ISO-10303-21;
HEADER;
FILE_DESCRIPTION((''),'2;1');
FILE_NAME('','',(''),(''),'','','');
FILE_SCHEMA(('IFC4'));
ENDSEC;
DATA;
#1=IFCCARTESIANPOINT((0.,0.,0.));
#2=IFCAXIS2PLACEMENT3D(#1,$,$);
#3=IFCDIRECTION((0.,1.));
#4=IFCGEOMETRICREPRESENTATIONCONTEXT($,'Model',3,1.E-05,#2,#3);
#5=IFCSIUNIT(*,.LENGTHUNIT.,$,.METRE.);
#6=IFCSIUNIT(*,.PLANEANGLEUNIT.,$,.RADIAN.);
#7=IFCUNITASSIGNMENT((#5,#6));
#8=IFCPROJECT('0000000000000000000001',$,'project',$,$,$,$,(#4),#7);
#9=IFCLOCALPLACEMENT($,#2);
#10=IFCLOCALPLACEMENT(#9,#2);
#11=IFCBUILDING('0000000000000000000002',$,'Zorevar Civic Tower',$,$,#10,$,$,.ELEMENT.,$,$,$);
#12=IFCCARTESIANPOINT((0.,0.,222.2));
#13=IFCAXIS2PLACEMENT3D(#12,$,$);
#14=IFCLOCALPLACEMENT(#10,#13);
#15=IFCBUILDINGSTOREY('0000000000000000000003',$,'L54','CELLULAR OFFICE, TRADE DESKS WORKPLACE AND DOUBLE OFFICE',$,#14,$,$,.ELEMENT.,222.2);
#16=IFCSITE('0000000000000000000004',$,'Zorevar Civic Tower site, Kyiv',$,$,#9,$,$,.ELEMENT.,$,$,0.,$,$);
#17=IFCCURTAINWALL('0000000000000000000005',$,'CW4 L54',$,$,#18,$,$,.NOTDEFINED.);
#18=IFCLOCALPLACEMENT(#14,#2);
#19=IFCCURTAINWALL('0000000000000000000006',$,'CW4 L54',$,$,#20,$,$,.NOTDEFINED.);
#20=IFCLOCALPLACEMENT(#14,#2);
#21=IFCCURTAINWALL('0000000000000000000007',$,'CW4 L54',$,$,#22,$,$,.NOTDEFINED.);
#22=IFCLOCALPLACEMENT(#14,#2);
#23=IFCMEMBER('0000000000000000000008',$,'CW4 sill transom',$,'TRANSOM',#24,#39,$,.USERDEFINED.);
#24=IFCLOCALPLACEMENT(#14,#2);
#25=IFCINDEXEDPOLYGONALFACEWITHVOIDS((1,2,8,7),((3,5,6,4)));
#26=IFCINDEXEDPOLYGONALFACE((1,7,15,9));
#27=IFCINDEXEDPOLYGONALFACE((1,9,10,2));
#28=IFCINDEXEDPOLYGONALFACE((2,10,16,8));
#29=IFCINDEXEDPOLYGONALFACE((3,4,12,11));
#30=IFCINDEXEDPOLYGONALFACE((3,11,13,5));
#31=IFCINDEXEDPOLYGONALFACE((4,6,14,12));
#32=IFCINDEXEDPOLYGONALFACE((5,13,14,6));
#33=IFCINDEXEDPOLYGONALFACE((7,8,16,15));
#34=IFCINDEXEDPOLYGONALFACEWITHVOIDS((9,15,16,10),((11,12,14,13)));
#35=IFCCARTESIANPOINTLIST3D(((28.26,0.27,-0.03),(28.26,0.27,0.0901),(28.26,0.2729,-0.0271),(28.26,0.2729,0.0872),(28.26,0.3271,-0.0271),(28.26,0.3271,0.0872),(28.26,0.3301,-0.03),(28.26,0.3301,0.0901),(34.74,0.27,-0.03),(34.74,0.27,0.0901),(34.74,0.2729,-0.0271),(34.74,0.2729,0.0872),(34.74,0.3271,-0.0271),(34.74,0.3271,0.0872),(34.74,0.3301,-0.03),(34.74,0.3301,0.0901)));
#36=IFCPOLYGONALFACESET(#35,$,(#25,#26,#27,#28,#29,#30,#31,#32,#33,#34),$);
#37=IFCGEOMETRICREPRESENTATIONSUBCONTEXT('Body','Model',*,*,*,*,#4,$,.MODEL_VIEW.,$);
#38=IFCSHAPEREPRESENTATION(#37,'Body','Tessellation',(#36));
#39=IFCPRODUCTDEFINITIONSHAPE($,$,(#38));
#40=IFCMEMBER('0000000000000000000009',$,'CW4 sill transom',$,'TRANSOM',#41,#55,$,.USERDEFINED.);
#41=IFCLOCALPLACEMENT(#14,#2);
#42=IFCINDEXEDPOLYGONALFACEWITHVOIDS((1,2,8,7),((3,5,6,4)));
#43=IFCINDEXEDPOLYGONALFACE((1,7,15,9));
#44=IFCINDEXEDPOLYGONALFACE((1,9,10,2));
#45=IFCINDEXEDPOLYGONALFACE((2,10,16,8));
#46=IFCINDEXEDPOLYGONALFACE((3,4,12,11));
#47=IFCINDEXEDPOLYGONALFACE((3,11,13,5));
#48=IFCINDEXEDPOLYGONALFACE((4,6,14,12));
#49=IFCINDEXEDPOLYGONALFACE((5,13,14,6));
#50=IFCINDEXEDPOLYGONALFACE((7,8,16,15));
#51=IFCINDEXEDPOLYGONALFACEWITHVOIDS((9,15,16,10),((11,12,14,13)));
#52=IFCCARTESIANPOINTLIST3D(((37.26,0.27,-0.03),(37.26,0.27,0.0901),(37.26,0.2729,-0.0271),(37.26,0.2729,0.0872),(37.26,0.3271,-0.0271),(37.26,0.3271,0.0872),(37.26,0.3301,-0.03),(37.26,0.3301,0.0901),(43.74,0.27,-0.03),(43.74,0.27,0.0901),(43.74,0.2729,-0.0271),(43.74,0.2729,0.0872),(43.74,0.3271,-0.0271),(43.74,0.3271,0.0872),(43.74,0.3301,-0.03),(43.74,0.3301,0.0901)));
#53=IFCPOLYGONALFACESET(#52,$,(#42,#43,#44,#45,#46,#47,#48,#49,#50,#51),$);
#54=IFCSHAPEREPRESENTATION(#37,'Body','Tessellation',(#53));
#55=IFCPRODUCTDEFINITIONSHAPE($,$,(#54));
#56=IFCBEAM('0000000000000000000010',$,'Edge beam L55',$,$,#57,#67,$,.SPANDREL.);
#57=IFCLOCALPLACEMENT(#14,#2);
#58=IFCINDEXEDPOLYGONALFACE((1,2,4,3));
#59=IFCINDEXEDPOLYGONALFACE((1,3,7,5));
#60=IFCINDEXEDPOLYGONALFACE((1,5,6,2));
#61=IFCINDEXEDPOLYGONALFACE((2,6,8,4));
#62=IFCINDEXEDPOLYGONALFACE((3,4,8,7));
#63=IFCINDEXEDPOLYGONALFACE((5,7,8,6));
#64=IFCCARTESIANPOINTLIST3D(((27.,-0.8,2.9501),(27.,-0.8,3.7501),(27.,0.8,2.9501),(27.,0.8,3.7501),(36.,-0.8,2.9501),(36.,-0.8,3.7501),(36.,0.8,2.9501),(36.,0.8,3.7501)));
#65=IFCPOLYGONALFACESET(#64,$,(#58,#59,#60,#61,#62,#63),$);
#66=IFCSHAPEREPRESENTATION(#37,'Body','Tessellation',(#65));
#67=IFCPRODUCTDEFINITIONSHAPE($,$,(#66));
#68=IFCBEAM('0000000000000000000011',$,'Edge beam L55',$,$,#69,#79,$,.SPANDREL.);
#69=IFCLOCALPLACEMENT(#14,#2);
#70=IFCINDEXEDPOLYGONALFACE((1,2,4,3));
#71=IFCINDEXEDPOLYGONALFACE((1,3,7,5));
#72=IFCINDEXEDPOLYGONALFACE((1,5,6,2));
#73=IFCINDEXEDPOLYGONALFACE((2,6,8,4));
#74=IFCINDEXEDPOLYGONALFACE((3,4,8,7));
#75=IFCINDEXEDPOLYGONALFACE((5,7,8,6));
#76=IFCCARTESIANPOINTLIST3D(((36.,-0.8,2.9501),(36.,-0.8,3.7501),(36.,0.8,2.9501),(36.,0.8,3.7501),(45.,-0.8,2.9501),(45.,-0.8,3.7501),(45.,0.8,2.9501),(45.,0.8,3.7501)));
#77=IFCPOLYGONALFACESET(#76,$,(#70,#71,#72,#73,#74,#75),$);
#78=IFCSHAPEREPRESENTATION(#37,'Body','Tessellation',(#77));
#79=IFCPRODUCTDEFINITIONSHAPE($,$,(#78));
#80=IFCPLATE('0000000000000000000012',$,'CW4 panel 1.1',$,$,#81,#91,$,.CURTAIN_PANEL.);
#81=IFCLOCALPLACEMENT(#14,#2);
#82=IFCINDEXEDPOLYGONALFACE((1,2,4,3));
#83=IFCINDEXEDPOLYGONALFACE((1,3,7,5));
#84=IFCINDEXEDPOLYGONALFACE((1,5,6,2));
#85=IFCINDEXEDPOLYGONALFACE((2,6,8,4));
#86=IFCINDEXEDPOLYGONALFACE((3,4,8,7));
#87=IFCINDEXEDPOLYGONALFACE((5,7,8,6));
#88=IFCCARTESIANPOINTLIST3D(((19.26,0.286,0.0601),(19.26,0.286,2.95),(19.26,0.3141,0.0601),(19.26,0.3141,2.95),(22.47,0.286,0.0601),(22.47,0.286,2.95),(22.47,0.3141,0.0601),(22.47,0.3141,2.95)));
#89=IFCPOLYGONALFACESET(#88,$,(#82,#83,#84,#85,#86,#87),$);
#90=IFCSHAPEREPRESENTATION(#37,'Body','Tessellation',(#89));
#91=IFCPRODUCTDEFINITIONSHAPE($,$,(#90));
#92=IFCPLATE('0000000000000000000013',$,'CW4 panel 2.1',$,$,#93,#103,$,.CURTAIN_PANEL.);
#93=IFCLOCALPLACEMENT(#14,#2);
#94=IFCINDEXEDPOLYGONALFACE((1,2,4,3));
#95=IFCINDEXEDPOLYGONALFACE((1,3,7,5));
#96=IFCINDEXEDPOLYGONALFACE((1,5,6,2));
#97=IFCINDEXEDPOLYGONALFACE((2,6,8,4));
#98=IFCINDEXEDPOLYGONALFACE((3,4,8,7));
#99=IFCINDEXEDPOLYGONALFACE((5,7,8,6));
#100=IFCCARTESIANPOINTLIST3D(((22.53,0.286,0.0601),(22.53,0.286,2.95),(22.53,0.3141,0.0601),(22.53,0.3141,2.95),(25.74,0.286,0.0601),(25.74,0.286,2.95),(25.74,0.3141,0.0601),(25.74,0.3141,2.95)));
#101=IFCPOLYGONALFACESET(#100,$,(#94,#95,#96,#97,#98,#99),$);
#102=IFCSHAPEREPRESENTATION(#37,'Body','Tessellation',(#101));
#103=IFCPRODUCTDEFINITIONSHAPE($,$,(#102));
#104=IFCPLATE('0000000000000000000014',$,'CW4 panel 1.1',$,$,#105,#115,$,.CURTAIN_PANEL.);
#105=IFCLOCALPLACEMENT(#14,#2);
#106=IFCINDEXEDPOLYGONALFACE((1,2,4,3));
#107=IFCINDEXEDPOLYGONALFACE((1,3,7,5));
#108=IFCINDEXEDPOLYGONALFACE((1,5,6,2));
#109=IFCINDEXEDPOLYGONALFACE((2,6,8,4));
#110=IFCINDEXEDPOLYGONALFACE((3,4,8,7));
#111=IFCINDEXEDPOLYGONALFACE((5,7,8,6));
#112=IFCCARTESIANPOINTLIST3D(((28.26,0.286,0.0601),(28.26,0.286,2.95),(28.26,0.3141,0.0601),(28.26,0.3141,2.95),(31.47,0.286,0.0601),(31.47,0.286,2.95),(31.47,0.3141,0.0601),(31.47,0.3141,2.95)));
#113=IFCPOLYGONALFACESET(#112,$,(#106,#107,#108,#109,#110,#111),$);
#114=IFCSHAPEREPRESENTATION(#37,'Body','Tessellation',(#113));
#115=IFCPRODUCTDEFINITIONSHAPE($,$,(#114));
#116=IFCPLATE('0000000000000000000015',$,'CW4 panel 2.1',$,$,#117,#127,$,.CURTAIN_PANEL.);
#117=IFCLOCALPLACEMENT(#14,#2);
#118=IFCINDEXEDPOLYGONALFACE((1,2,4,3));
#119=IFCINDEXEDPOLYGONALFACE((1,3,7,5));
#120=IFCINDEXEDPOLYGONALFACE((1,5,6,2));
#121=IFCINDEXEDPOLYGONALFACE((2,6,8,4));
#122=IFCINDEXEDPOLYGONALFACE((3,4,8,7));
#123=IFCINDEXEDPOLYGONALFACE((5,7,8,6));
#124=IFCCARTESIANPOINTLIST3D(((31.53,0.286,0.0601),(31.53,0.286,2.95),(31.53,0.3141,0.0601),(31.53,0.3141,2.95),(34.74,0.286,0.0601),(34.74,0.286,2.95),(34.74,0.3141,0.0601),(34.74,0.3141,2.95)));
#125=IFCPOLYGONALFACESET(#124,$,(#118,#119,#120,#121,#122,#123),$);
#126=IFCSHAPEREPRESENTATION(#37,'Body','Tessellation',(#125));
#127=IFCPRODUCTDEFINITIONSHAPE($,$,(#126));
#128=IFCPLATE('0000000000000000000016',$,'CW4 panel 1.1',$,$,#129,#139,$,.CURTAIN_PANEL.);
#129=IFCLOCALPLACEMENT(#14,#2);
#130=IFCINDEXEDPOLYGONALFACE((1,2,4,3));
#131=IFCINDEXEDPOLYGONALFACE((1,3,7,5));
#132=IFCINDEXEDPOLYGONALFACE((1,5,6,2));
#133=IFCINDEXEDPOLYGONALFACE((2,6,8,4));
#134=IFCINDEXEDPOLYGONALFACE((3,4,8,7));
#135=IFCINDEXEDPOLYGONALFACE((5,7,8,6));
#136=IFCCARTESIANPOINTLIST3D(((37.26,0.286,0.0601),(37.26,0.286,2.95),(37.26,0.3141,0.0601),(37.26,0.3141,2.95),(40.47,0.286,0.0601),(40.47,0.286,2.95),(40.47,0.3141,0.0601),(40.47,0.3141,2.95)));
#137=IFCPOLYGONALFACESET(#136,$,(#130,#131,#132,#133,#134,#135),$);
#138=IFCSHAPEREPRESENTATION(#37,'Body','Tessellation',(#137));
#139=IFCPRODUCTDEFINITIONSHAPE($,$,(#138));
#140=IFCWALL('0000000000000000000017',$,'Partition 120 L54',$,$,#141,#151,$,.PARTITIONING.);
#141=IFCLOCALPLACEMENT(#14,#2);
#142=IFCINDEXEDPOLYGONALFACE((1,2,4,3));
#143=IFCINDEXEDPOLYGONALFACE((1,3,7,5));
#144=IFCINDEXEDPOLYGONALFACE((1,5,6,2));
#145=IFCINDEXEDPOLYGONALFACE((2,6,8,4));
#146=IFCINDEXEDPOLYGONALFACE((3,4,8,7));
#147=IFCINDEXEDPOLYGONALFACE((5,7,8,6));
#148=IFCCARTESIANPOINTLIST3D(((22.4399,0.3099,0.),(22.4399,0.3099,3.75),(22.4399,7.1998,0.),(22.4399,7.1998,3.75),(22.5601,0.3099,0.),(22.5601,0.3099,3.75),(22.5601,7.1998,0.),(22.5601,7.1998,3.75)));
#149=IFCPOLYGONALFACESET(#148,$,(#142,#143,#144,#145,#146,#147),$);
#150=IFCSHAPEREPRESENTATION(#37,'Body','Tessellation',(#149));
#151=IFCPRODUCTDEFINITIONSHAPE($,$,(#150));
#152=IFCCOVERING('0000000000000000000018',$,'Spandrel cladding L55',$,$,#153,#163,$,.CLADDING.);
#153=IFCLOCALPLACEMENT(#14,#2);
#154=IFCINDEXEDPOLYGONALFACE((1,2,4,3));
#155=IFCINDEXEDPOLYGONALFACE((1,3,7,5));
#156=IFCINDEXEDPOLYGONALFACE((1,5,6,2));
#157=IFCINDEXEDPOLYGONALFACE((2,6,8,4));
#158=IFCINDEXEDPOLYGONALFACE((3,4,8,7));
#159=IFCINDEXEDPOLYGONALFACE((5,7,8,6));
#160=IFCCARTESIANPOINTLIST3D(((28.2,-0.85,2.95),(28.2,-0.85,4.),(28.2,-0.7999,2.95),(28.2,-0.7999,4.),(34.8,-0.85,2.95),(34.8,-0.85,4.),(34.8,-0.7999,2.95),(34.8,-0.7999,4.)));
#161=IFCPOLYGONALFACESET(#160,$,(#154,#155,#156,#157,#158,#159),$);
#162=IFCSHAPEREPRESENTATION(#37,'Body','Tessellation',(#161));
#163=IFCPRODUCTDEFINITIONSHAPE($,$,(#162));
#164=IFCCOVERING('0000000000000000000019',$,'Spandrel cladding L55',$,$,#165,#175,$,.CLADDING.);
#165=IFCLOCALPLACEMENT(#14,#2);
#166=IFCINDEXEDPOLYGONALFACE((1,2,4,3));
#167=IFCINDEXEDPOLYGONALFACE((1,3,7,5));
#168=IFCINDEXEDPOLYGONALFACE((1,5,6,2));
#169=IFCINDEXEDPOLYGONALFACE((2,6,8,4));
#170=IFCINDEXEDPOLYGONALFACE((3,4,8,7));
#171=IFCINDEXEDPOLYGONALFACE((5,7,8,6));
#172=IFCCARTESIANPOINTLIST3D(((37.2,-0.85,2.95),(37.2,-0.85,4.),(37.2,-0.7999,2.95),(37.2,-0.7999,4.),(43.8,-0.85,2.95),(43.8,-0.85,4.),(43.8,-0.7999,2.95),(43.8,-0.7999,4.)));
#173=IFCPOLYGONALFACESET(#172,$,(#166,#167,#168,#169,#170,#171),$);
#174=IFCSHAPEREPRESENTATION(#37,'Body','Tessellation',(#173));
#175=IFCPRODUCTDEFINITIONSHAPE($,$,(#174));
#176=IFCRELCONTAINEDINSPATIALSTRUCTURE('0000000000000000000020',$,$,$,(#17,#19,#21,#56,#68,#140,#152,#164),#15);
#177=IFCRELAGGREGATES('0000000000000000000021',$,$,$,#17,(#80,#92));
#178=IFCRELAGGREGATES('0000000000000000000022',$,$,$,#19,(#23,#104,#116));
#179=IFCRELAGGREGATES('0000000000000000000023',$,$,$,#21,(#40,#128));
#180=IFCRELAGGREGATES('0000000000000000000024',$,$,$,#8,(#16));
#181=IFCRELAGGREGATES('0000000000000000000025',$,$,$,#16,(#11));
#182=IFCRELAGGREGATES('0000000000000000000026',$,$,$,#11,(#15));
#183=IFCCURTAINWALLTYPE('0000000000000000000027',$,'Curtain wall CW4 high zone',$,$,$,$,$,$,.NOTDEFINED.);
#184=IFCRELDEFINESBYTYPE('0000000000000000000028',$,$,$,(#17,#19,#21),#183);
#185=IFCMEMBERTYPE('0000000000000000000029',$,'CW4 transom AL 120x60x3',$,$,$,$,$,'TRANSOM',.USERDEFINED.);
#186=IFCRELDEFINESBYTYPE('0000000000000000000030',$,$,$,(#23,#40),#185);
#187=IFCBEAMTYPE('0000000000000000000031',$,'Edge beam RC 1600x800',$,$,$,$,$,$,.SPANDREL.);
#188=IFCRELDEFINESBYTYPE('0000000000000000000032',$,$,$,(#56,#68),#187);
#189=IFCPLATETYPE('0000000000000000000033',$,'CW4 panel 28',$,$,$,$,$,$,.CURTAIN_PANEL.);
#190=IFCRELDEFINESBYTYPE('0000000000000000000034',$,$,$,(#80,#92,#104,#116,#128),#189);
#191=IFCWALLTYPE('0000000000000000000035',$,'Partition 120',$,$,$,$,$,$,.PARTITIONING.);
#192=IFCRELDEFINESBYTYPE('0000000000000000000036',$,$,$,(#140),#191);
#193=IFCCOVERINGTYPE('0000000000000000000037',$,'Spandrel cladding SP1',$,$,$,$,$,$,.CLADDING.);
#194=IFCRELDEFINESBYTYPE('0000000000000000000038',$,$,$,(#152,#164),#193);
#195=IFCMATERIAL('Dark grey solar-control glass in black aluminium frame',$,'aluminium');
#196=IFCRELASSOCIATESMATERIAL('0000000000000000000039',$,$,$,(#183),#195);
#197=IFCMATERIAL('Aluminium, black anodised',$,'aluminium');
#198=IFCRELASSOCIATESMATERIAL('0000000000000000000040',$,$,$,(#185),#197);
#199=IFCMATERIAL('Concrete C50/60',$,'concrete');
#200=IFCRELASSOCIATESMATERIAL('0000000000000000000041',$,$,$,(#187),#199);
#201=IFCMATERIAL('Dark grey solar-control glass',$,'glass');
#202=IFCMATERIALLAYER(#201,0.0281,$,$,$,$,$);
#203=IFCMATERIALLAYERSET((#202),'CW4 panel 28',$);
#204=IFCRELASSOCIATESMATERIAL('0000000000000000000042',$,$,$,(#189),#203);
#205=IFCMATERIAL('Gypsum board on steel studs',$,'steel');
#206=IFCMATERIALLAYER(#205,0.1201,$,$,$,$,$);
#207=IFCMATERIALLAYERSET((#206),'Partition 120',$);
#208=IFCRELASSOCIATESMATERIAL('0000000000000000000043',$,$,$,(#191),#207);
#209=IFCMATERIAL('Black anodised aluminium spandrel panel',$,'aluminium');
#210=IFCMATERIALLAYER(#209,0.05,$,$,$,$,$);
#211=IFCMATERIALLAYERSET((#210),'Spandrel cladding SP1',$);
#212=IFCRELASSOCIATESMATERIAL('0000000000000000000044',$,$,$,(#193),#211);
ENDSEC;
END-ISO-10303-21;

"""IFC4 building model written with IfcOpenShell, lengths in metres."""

from ifc_helpers import new_model, si_unit, direction, frame, frame_2d, origin, origin_2d, place, context, subcontext, project, spatial, rectangle, hollow_rectangle, extrude, material, layer, layer_set, material_profile, profile_set, type_object, element, aggregate, save


model = new_model("IFC4")

# Units and contexts
model_context = context("Model", 3, precision=1e-05, world=origin(), true_north=direction((0.0, 1.0)))
body_context = subcontext(model_context, "Body", "Model", "MODEL_VIEW")
ifc_project = project(units=[si_unit("LENGTHUNIT", "METRE"), si_unit("PLANEANGLEUNIT", "RADIAN")], contexts=[model_context])

# Site, building, storey
site_placement = place(None, origin())
site = spatial("IfcSite", under=ifc_project, at=site_placement, Name="Zorevar Civic Tower site, Kyiv", CompositionType="ELEMENT", RefElevation=0.0)
building_placement = place(site_placement, origin())
building = spatial("IfcBuilding", under=site, at=building_placement, Name="Zorevar Civic Tower", CompositionType="ELEMENT")
storey_placement = place(building_placement, frame((0.0, 0.0, 222.2)))
storey = spatial("IfcBuildingStorey", under=building, at=storey_placement, Name="L54", Description="CELLULAR OFFICE, TRADE DESKS WORKPLACE AND DOUBLE OFFICE", CompositionType="ELEMENT", Elevation=222.2)

# Curtain walls
ifc_material_1 = material(Name="Dark grey solar-control glass in black aluminium frame", Category="aluminium")
curtain_wall_type = type_object("IfcCurtainWallType", Name="Curtain wall CW4 high zone", PredefinedType="NOTDEFINED", material=ifc_material_1)
curtain_wall_1_placement = place(storey_placement, origin())
curtain_wall_1 = element("IfcCurtainWall", 1, at=curtain_wall_1_placement, inside=storey, type_object=curtain_wall_type, Name="CW4 L54", PredefinedType="NOTDEFINED")
curtain_wall_2_placement = place(storey_placement, origin())
curtain_wall_2 = element("IfcCurtainWall", 2, at=curtain_wall_2_placement, inside=storey, type_object=curtain_wall_type, Name="CW4 L54", PredefinedType="NOTDEFINED")

# Curtain wall
curtain_wall_3_placement = place(storey_placement, origin())
curtain_wall_3 = element("IfcCurtainWall", 3, at=curtain_wall_3_placement, inside=storey, type_object=curtain_wall_type, Name="CW4 L54", PredefinedType="NOTDEFINED")

# Members
ifc_material_2 = material(Name="Aluminium, black anodised", Category="aluminium")
ifc_material_profile_1 = material_profile(ifc_material_2, hollow_rectangle(XDim=0.0601, YDim=0.1201, WallThickness=0.0029, at=origin_2d()), Name="AL 120x60x3")
ifc_profile_set_1 = profile_set([ifc_material_profile_1], Name="Aluminium, black anodised")
member_type_1 = type_object("IfcMemberType", Name="CW4 transom AL 120x60x3", ElementType="TRANSOM", PredefinedType="USERDEFINED", material=ifc_profile_set_1)
member_1_placement = place(storey_placement, frame((28.26, 0.3, 0.03), z_axis=(1.0, 0.0, 0.0), x_axis=(0.0, 1.0, 0.0)))
member_1 = element("IfcMember", 4, at=member_1_placement, type_object=member_type_1, Name="CW4 sill transom", ObjectType="TRANSOM", PredefinedType="USERDEFINED", context=body_context, shape_type="SweptSolid", body=[
    extrude(hollow_rectangle(XDim=0.0601, YDim=0.1201, WallThickness=0.0029, at=origin_2d()), origin(), (0.0, 0.0, 1.0), 6.48),
])
member_2_placement = place(storey_placement, frame((37.26, 0.3, 0.03), z_axis=(1.0, 0.0, 0.0), x_axis=(0.0, 1.0, 0.0)))
member_2 = element("IfcMember", 5, at=member_2_placement, type_object=member_type_1, Name="CW4 sill transom", ObjectType="TRANSOM", PredefinedType="USERDEFINED", context=body_context, shape_type="SweptSolid", body=[
    extrude(hollow_rectangle(XDim=0.0601, YDim=0.1201, WallThickness=0.0029, at=origin_2d()), origin(), (0.0, 0.0, 1.0), 6.48),
])

# Beams
ifc_material_3 = material(Name="Concrete C50/60", Category="concrete")
ifc_material_profile_2 = material_profile(ifc_material_3, rectangle(XDim=1.6001, YDim=0.8, at=origin_2d()), Name="RC 1600x800")
ifc_profile_set_2 = profile_set([ifc_material_profile_2], Name="Concrete C50/60")
beam_type_1 = type_object("IfcBeamType", Name="Edge beam RC 1600x800", PredefinedType="SPANDREL", material=ifc_profile_set_2)
for number, where, z_axis, x_axis, name in (
    (6, (27.0, 0.0, 3.3501), (1.0, 0.0, 0.0), (0.0, 1.0, 0.0), "Edge beam L55"),
    (7, (36.0, 0.0, 3.3501), (1.0, 0.0, 0.0), (0.0, 1.0, 0.0), "Edge beam L55"),
):
    element("IfcBeam", number, at=place(storey_placement, frame(where, z_axis=z_axis, x_axis=x_axis)), inside=storey, type_object=beam_type_1, Name=name, PredefinedType="SPANDREL", context=body_context, shape_type="SweptSolid", body=[
        extrude(rectangle(XDim=1.6001, YDim=0.8, at=origin_2d()), origin(), (0.0, 0.0, 1.0), 9.0),
    ])

# Plates
ifc_material_4 = material(Name="Dark grey solar-control glass", Category="glass")
ifc_layer_1 = layer(ifc_material_4, 0.0281)
ifc_layer_set_1 = layer_set([ifc_layer_1], Name="CW4 panel 28")
plate_type = type_object("IfcPlateType", Name="CW4 panel 28", PredefinedType="CURTAIN_PANEL", material=ifc_layer_set_1)
plate_1_placement = place(storey_placement, frame((20.865, 0.3, 0.0601), z_axis=(0.0, 0.0, 1.0), x_axis=(1.0, 0.0, 0.0)))
plate_1 = element("IfcPlate", 8, at=plate_1_placement, type_object=plate_type, Name="CW4 panel 1.1", PredefinedType="CURTAIN_PANEL", context=body_context, shape_type="SweptSolid", body=[
    extrude(rectangle(XDim=3.21, YDim=0.0281, at=origin_2d()), origin(), (0.0, 0.0, 1.0), 2.8899),
])
plate_2_placement = place(storey_placement, frame((24.135, 0.3, 0.0601), z_axis=(0.0, 0.0, 1.0), x_axis=(1.0, 0.0, 0.0)))
plate_2 = element("IfcPlate", 9, at=plate_2_placement, type_object=plate_type, Name="CW4 panel 2.1", PredefinedType="CURTAIN_PANEL", context=body_context, shape_type="SweptSolid", body=[
    extrude(rectangle(XDim=3.21, YDim=0.0281, at=origin_2d()), origin(), (0.0, 0.0, 1.0), 2.8899),
])
aggregate(curtain_wall_1, [plate_1, plate_2])
plate_3_placement = place(storey_placement, frame((29.865, 0.3, 0.0601), z_axis=(0.0, 0.0, 1.0), x_axis=(1.0, 0.0, 0.0)))
plate_3 = element("IfcPlate", 10, at=plate_3_placement, type_object=plate_type, Name="CW4 panel 1.1", PredefinedType="CURTAIN_PANEL", context=body_context, shape_type="SweptSolid", body=[
    extrude(rectangle(XDim=3.21, YDim=0.0281, at=origin_2d()), origin(), (0.0, 0.0, 1.0), 2.8899),
])
plate_4_placement = place(storey_placement, frame((33.135, 0.3, 0.0601), z_axis=(0.0, 0.0, 1.0), x_axis=(1.0, 0.0, 0.0)))
plate_4 = element("IfcPlate", 11, at=plate_4_placement, type_object=plate_type, Name="CW4 panel 2.1", PredefinedType="CURTAIN_PANEL", context=body_context, shape_type="SweptSolid", body=[
    extrude(rectangle(XDim=3.21, YDim=0.0281, at=origin_2d()), origin(), (0.0, 0.0, 1.0), 2.8899),
])
aggregate(curtain_wall_2, [member_1, plate_3, plate_4])
plate_5_placement = place(storey_placement, frame((38.865, 0.3, 0.0601), z_axis=(0.0, 0.0, 1.0), x_axis=(1.0, 0.0, 0.0)))
plate_5 = element("IfcPlate", 12, at=plate_5_placement, type_object=plate_type, Name="CW4 panel 1.1", PredefinedType="CURTAIN_PANEL", context=body_context, shape_type="SweptSolid", body=[
    extrude(rectangle(XDim=3.21, YDim=0.0281, at=origin_2d()), origin(), (0.0, 0.0, 1.0), 2.8899),
])
aggregate(curtain_wall_3, [member_2, plate_5])

# Wall
ifc_material_5 = material(Name="Gypsum board on steel studs", Category="steel")
ifc_layer_2 = layer(ifc_material_5, 0.1201)
ifc_layer_set_2 = layer_set([ifc_layer_2], Name="Partition 120")
wall_type = type_object("IfcWallType", Name="Partition 120", PredefinedType="PARTITIONING", material=ifc_layer_set_2)
wall_placement = place(storey_placement, frame((22.5, 0.3101, 0.0), z_axis=(0.0, 0.0, 1.0), x_axis=(0.0, 1.0, 0.0)))
element("IfcWall", 13, at=wall_placement, inside=storey, type_object=wall_type, Name="Partition 120 L54", PredefinedType="PARTITIONING", context=body_context, shape_type="SweptSolid", body=[
    extrude(rectangle(XDim=6.8899, YDim=0.1201, at=frame_2d((3.4448, 0.0))), origin(), (0.0, 0.0, 1.0), 3.75),
])

# Coverings
ifc_material_6 = material(Name="Black anodised aluminium spandrel panel", Category="aluminium")
ifc_layer_3 = layer(ifc_material_6, 0.05)
ifc_layer_set_3 = layer_set([ifc_layer_3], Name="Spandrel cladding SP1")
covering_type = type_object("IfcCoveringType", Name="Spandrel cladding SP1", PredefinedType="CLADDING", material=ifc_layer_set_3)
for number, where, z_axis, x_axis, name in (
    (14, (28.2, -0.825, 2.95), (0.0, 0.0, 1.0), (1.0, 0.0, 0.0), "Spandrel cladding L55"),
    (15, (37.2, -0.825, 2.95), (0.0, 0.0, 1.0), (1.0, 0.0, 0.0), "Spandrel cladding L55"),
):
    element("IfcCovering", number, at=place(storey_placement, frame(where, z_axis=z_axis, x_axis=x_axis)), inside=storey, type_object=covering_type, Name=name, PredefinedType="CLADDING", context=body_context, shape_type="SweptSolid", body=[
        extrude(rectangle(XDim=6.6001, YDim=0.05, at=frame_2d((3.3, 0.0))), origin(), (0.0, 0.0, 1.0), 1.05),
    ])

save(model, "model.ifc")
